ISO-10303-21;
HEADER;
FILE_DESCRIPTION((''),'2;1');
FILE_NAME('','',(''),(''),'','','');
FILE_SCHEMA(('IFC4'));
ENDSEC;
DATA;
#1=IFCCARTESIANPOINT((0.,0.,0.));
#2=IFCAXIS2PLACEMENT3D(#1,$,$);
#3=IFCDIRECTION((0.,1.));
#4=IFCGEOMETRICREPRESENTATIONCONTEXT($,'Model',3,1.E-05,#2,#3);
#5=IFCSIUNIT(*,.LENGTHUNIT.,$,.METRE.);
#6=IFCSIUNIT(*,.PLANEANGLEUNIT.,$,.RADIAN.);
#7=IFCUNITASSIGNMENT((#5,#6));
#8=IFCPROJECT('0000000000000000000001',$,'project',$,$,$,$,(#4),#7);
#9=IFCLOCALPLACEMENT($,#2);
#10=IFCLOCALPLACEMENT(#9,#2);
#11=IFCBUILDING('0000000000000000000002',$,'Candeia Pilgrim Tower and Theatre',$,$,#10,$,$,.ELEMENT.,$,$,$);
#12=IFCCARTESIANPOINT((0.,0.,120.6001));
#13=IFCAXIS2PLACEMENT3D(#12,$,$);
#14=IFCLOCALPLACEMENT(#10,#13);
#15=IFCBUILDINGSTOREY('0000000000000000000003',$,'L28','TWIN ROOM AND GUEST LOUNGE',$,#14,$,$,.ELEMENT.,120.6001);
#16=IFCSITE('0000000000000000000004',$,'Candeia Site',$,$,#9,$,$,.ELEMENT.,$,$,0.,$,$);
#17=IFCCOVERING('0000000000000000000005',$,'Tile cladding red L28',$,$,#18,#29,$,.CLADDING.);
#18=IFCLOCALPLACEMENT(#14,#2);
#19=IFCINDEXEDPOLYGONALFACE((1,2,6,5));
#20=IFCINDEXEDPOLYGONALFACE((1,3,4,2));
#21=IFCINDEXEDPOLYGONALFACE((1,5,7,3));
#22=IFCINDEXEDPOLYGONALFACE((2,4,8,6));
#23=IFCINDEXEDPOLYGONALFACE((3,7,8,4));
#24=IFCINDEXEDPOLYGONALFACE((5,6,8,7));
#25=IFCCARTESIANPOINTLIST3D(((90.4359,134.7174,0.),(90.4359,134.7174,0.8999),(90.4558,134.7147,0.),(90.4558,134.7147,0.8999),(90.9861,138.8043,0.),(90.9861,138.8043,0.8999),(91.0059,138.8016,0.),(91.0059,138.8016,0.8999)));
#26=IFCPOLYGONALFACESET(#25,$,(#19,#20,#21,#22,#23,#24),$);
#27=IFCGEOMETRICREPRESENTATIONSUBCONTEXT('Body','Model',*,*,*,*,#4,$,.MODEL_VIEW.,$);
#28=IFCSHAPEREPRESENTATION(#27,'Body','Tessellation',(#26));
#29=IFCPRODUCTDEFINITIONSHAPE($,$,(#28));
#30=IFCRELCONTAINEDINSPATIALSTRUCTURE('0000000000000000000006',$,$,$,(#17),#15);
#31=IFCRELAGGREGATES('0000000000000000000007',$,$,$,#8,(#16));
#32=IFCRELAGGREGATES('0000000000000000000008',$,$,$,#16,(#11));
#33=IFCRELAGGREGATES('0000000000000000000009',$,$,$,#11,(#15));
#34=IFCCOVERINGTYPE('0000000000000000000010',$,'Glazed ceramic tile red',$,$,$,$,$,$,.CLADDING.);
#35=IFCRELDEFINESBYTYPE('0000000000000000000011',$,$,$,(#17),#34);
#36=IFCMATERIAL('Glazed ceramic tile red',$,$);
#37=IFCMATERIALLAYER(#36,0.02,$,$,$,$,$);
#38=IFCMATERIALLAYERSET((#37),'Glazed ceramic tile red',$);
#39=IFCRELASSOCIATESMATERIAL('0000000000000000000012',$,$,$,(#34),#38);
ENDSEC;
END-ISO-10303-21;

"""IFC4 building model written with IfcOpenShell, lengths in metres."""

from ifc_helpers import new_model, si_unit, direction, frame, origin, origin_2d, place, context, subcontext, project, spatial, rectangle, extrude, material, layer, layer_set, type_object, element, save


model = new_model("IFC4")

# Units and contexts
model_context = context("Model", 3, precision=1e-05, world=origin(), true_north=direction((0.0, 1.0)))
body_context = subcontext(model_context, "Body", "Model", "MODEL_VIEW")
ifc_project = project(units=[si_unit("LENGTHUNIT", "METRE"), si_unit("PLANEANGLEUNIT", "RADIAN")], contexts=[model_context])

# Site, building, storey
site_placement = place(None, origin())
site = spatial("IfcSite", under=ifc_project, at=site_placement, Name="Candeia Site", CompositionType="ELEMENT", RefElevation=0.0)
building_placement = place(site_placement, origin())
building = spatial("IfcBuilding", under=site, at=building_placement, Name="Candeia Pilgrim Tower and Theatre", CompositionType="ELEMENT")
storey_placement = place(building_placement, frame((0.0, 0.0, 120.6001)))
storey = spatial("IfcBuildingStorey", under=building, at=storey_placement, Name="L28", Description="TWIN ROOM AND GUEST LOUNGE", CompositionType="ELEMENT", Elevation=120.6001)

# Covering
ifc_material_1 = material(Name="Glazed ceramic tile red")
ifc_layer_1 = layer(ifc_material_1, 0.02)
ifc_layer_set_1 = layer_set([ifc_layer_1], Name="Glazed ceramic tile red")
covering_type = type_object("IfcCoveringType", Name="Glazed ceramic tile red", PredefinedType="CLADDING", material=ifc_layer_set_1)
covering_placement = place(storey_placement, frame((90.7209, 136.7595, 0.0), z_axis=(0.0, 0.0, 1.0), x_axis=(-0.133412, -0.991061, 0.0)))
element("IfcCovering", 1, at=covering_placement, inside=storey, type_object=covering_type, Name="Tile cladding red L28", PredefinedType="CLADDING", context=body_context, shape_type="SweptSolid", body=[
    extrude(rectangle(XDim=4.1238, YDim=0.02, at=origin_2d()), origin(), (0.0, 0.0, 1.0), 0.8999),
])

save(model, "model.ifc")
